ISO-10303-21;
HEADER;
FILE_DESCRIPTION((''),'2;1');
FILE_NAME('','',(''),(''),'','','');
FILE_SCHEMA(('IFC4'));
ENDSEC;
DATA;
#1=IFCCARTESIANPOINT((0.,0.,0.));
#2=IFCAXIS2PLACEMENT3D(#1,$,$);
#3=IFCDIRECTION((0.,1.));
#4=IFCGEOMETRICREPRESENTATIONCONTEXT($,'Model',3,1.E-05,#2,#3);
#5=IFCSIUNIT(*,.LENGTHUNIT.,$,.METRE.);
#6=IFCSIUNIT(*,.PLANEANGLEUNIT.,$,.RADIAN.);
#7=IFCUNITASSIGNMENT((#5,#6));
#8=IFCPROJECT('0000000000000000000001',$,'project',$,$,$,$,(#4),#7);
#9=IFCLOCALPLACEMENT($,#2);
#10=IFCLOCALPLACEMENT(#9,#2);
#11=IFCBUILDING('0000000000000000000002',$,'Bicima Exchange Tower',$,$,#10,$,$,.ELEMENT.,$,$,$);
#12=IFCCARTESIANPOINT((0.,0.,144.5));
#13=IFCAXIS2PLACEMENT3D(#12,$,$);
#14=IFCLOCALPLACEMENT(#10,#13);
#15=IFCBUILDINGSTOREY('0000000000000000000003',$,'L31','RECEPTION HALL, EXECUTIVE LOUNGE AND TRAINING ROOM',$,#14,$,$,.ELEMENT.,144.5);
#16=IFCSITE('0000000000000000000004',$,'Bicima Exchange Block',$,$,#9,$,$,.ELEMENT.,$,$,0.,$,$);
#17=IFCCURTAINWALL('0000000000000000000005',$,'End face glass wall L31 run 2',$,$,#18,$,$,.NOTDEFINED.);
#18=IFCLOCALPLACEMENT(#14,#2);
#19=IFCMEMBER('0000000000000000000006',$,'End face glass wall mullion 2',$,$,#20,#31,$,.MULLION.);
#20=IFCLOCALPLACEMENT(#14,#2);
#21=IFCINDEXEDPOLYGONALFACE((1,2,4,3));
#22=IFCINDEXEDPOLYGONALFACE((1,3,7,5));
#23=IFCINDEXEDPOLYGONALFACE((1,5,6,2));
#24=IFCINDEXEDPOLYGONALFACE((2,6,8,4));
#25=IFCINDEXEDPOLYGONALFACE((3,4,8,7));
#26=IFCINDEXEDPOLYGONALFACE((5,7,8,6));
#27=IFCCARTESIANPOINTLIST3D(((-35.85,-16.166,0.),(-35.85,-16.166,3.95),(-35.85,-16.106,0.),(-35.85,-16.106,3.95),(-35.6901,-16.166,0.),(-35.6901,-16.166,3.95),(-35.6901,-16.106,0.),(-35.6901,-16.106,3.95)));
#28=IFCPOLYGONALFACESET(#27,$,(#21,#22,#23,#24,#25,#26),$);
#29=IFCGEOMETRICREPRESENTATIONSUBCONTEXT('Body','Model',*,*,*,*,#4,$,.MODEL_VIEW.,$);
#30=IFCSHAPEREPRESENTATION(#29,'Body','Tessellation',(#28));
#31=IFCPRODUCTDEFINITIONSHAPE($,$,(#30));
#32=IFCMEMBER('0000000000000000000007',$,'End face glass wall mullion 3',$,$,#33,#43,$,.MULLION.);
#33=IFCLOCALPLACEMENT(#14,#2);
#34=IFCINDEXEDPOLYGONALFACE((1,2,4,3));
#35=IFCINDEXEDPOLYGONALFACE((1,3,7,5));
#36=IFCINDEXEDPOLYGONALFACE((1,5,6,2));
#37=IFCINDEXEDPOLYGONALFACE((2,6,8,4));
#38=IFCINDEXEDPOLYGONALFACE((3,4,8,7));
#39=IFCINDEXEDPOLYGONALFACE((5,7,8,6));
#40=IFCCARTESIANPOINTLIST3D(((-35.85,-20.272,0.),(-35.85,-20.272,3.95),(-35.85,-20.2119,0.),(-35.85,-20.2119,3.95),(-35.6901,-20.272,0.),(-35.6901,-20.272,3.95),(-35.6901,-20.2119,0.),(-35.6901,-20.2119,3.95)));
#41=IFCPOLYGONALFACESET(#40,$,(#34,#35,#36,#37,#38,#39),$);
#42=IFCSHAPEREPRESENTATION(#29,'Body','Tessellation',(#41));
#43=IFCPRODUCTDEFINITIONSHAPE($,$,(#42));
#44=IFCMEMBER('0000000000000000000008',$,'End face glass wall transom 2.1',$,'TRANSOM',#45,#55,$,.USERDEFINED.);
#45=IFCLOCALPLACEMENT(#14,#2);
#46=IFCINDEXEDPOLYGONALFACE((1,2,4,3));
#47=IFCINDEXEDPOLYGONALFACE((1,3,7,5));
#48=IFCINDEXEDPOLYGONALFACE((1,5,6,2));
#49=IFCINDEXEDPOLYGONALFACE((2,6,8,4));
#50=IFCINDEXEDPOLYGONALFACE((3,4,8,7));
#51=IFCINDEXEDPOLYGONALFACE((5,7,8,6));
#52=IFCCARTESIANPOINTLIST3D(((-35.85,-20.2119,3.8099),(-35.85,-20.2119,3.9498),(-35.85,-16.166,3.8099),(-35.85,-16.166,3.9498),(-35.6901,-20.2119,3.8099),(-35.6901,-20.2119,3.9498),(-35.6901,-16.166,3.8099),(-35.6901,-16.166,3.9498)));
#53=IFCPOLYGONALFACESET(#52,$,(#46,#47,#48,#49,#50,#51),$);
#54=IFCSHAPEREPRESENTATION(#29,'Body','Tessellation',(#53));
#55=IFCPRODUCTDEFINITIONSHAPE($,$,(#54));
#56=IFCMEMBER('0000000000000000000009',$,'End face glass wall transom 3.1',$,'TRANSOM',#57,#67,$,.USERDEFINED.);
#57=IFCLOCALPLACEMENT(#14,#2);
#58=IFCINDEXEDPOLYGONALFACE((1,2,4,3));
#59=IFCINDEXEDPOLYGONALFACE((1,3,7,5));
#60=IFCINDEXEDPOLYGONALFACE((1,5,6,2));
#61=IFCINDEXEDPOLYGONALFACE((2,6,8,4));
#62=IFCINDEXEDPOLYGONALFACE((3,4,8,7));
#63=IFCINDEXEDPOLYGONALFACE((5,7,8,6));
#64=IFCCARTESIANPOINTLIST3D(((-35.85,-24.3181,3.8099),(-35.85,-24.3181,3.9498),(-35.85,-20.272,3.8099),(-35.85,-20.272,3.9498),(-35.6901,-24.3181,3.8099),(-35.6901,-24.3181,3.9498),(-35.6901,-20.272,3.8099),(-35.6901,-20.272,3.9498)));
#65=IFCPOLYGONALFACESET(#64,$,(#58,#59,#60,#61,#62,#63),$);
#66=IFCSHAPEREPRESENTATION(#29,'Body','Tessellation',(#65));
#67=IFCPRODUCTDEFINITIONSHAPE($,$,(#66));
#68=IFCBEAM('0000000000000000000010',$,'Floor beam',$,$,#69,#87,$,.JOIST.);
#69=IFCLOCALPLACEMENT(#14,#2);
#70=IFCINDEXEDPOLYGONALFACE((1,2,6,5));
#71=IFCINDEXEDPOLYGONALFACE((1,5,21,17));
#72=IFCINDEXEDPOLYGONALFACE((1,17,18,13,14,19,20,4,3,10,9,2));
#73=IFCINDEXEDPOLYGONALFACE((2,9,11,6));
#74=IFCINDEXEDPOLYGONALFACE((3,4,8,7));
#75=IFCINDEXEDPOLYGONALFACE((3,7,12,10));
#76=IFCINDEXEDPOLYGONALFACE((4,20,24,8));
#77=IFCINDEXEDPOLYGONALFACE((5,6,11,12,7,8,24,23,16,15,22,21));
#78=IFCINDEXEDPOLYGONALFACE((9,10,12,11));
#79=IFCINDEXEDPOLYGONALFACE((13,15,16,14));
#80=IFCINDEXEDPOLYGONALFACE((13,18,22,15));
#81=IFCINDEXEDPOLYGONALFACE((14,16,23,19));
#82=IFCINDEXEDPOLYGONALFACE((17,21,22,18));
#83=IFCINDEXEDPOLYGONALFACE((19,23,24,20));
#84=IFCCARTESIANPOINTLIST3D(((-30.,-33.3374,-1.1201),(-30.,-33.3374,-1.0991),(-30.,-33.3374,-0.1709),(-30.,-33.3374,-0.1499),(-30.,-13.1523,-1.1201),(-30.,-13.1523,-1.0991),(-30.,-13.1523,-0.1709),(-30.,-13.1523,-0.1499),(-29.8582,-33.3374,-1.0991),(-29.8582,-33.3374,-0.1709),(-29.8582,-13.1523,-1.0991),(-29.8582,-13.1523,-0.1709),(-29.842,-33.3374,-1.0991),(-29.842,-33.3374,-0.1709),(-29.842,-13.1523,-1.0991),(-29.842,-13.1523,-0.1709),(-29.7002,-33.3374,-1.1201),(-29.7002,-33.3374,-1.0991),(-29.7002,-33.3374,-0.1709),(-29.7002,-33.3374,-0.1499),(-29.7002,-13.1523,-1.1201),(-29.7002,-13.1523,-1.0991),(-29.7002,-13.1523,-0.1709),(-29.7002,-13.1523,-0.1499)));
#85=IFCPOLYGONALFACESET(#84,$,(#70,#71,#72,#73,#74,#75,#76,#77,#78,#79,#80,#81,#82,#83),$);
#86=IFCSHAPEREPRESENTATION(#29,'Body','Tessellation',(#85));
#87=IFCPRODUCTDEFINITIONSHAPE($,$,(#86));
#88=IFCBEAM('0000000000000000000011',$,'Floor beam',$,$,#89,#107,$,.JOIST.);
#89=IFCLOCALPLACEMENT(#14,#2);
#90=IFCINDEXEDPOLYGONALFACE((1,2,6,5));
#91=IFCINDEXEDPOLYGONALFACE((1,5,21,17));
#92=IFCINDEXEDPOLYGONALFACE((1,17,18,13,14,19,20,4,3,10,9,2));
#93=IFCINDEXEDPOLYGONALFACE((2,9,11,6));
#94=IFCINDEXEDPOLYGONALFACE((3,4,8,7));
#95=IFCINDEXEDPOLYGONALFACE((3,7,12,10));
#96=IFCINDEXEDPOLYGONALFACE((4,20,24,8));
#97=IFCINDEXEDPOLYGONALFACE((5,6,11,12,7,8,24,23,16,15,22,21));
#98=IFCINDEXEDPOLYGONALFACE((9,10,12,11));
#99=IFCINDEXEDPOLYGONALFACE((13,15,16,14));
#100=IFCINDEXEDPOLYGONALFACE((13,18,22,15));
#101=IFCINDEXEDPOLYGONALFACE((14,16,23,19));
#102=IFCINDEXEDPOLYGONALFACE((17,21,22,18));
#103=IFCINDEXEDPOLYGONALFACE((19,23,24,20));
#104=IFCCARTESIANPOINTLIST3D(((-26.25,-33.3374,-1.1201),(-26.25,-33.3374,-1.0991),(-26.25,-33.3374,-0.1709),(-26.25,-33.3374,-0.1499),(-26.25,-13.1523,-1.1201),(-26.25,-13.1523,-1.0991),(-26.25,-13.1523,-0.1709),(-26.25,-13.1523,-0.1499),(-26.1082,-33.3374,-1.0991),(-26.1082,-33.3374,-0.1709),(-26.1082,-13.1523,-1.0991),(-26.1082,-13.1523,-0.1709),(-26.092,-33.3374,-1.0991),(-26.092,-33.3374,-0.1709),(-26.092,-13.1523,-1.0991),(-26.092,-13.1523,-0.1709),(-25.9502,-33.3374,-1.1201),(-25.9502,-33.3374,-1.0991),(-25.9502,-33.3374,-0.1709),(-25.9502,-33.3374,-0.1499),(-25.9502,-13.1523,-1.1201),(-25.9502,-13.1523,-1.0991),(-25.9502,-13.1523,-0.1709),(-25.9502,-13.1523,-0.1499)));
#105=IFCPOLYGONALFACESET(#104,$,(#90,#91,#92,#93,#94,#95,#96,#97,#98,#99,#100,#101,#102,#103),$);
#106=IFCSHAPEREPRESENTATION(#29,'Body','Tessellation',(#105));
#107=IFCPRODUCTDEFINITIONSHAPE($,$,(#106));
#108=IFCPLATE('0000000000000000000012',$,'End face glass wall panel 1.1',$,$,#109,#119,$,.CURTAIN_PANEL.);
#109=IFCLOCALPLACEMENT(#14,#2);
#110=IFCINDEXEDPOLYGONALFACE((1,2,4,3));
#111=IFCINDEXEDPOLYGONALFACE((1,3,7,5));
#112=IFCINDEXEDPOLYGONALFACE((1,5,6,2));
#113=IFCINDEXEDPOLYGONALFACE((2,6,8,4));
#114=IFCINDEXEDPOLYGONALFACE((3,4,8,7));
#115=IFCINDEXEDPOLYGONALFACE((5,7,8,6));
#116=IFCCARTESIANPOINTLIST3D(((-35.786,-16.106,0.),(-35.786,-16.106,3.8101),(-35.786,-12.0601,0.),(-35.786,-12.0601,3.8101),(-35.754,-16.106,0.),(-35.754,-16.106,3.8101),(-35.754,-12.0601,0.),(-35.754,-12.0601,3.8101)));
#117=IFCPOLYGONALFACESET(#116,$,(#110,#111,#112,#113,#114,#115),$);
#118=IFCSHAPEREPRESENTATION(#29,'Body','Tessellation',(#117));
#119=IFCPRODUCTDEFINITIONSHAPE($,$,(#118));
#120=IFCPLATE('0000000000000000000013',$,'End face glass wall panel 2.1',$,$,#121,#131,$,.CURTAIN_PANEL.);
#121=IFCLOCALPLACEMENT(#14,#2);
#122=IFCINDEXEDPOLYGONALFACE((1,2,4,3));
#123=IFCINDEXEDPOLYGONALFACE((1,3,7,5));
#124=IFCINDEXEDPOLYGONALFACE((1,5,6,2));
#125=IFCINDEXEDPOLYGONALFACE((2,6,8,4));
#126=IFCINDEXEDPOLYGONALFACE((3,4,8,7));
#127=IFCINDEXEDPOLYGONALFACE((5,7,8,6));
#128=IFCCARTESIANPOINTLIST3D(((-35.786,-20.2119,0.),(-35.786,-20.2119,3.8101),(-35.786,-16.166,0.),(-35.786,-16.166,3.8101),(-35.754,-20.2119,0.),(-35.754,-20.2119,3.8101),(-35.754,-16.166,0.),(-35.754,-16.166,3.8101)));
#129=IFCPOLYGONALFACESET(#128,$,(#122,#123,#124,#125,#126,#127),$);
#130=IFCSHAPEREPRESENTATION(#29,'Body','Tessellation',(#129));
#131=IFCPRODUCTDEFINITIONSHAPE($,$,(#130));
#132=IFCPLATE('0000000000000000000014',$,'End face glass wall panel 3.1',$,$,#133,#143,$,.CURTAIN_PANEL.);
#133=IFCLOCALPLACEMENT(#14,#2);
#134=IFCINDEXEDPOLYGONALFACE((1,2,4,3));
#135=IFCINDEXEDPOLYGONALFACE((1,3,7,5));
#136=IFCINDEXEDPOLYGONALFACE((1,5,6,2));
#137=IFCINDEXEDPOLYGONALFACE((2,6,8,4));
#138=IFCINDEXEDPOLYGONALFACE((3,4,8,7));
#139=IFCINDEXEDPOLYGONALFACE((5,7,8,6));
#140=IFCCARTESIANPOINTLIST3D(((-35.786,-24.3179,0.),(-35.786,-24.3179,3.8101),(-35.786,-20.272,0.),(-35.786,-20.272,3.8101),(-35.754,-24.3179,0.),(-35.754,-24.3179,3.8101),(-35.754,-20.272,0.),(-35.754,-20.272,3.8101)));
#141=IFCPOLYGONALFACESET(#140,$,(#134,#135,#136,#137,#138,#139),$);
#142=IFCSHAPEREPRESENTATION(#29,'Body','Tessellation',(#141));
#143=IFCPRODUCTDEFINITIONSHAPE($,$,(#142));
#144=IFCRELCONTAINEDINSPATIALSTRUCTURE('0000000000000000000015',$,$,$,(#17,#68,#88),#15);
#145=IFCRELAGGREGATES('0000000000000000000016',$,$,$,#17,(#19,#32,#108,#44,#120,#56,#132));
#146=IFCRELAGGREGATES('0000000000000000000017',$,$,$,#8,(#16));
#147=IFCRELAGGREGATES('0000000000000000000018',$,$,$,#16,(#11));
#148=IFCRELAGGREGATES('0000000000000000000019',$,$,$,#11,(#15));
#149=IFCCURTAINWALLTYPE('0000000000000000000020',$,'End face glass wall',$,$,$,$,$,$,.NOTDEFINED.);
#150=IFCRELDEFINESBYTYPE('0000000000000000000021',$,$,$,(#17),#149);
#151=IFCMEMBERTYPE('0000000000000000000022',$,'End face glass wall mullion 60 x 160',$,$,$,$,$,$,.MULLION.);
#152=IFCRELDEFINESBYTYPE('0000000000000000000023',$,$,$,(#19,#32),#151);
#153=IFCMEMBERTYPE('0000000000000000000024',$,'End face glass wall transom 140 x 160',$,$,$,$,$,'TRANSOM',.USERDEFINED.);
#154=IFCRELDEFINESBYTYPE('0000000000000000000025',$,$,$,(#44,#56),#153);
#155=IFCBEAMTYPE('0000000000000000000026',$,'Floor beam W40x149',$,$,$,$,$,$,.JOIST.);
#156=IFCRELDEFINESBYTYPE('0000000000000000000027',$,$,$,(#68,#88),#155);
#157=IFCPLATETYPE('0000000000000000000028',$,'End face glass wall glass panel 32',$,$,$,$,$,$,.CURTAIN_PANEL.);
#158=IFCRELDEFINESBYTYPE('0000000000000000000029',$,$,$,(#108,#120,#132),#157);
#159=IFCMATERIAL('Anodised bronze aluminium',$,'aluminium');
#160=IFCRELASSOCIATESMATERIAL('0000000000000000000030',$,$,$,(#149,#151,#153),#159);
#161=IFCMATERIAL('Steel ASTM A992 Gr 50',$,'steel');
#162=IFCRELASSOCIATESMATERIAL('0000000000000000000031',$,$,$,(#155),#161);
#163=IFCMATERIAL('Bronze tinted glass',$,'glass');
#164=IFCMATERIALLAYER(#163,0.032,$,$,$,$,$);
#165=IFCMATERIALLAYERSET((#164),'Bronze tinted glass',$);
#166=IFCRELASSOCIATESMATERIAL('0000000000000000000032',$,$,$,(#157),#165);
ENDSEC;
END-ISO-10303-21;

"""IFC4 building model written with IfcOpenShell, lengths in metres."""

from ifc_helpers import new_model, si_unit, direction, frame, origin, origin_2d, place, context, subcontext, project, spatial, rectangle, i_section, extrude, material, layer, layer_set, material_profile, profile_set, type_object, element, aggregate, save


model = new_model("IFC4")

# Units and contexts
model_context = context("Model", 3, precision=1e-05, world=origin(), true_north=direction((0.0, 1.0)))
body_context = subcontext(model_context, "Body", "Model", "MODEL_VIEW")
ifc_project = project(units=[si_unit("LENGTHUNIT", "METRE"), si_unit("PLANEANGLEUNIT", "RADIAN")], contexts=[model_context])

# Site, building, storey
site_placement = place(None, origin())
site = spatial("IfcSite", under=ifc_project, at=site_placement, Name="Bicima Exchange Block", CompositionType="ELEMENT", RefElevation=0.0)
building_placement = place(site_placement, origin())
building = spatial("IfcBuilding", under=site, at=building_placement, Name="Bicima Exchange Tower", CompositionType="ELEMENT")
storey_placement = place(building_placement, frame((0.0, 0.0, 144.5)))
storey = spatial("IfcBuildingStorey", under=building, at=storey_placement, Name="L31", Description="RECEPTION HALL, EXECUTIVE LOUNGE AND TRAINING ROOM", CompositionType="ELEMENT", Elevation=144.5)

# Curtain wall, members
ifc_material_1 = material(Name="Anodised bronze aluminium", Category="aluminium")
curtain_wall_type = type_object("IfcCurtainWallType", Name="End face glass wall", PredefinedType="NOTDEFINED", material=ifc_material_1)
curtain_wall_placement = place(storey_placement, origin())
curtain_wall = element("IfcCurtainWall", 1, at=curtain_wall_placement, inside=storey, type_object=curtain_wall_type, Name="End face glass wall L31 run 2", PredefinedType="NOTDEFINED")
ifc_material_profile_1 = material_profile(ifc_material_1, rectangle(XDim=0.1599, YDim=0.0601, at=origin_2d()))
ifc_profile_set_1 = profile_set([ifc_material_profile_1], Name="Anodised bronze aluminium")
member_type_1 = type_object("IfcMemberType", Name="End face glass wall mullion 60 x 160", PredefinedType="MULLION", material=ifc_profile_set_1)
member_1_placement = place(storey_placement, frame((-35.77, -16.136, 0.0), z_axis=(0.0, 0.0, 1.0), x_axis=(1.0, 0.0, 0.0)))
member_1 = element("IfcMember", 2, at=member_1_placement, type_object=member_type_1, Name="End face glass wall mullion 2", PredefinedType="MULLION", context=body_context, shape_type="SweptSolid", body=[
    extrude(rectangle(XDim=0.1599, YDim=0.0601, at=origin_2d()), origin(), (0.0, 0.0, 1.0), 3.95),
])
member_2_placement = place(storey_placement, frame((-35.77, -20.2419, 0.0), z_axis=(0.0, 0.0, 1.0), x_axis=(1.0, 0.0, 0.0)))
member_2 = element("IfcMember", 3, at=member_2_placement, type_object=member_type_1, Name="End face glass wall mullion 3", PredefinedType="MULLION", context=body_context, shape_type="SweptSolid", body=[
    extrude(rectangle(XDim=0.1599, YDim=0.0601, at=origin_2d()), origin(), (0.0, 0.0, 1.0), 3.95),
])
ifc_material_profile_2 = material_profile(ifc_material_1, rectangle(XDim=0.1599, YDim=0.1399, at=origin_2d()))
ifc_profile_set_2 = profile_set([ifc_material_profile_2], Name="Anodised bronze aluminium")
member_type_2 = type_object("IfcMemberType", Name="End face glass wall transom 140 x 160", ElementType="TRANSOM", PredefinedType="USERDEFINED", material=ifc_profile_set_2)
member_3_placement = place(storey_placement, frame((-35.77, -16.166, 3.8799), z_axis=(0.0, -1.0, 0.0), x_axis=(1.0, 0.0, 0.0)))
member_3 = element("IfcMember", 4, at=member_3_placement, type_object=member_type_2, Name="End face glass wall transom 2.1", ObjectType="TRANSOM", PredefinedType="USERDEFINED", context=body_context, shape_type="SweptSolid", body=[
    extrude(rectangle(XDim=0.1599, YDim=0.1399, at=origin_2d()), origin(), (0.0, 0.0, 1.0), 4.0459),
])
member_4_placement = place(storey_placement, frame((-35.77, -20.272, 3.8799), z_axis=(0.0, -1.0, 0.0), x_axis=(1.0, 0.0, 0.0)))
member_4 = element("IfcMember", 5, at=member_4_placement, type_object=member_type_2, Name="End face glass wall transom 3.1", ObjectType="TRANSOM", PredefinedType="USERDEFINED", context=body_context, shape_type="SweptSolid", body=[
    extrude(rectangle(XDim=0.1599, YDim=0.1399, at=origin_2d()), origin(), (0.0, 0.0, 1.0), 4.0461),
])

# Beams
ifc_material_2 = material(Name="Steel ASTM A992 Gr 50", Category="steel")
ifc_material_profile_3 = material_profile(ifc_material_2, i_section(OverallWidth=0.2998, OverallDepth=0.9702, WebThickness=0.0161, FlangeThickness=0.021, at=origin_2d()))
ifc_profile_set_3 = profile_set([ifc_material_profile_3], Name="Steel ASTM A992 Gr 50")
beam_type = type_object("IfcBeamType", Name="Floor beam W40x149", PredefinedType="JOIST", material=ifc_profile_set_3)
for number, where, z_axis, x_axis, name in (
    (6, (-29.8501, -13.1523, -0.635), (0.0, -1.0, 0.0), (1.0, 0.0, 0.0), "Floor beam"),
    (7, (-26.1001, -13.1523, -0.635), (0.0, -1.0, 0.0), (1.0, 0.0, 0.0), "Floor beam"),
):
    element("IfcBeam", number, at=place(storey_placement, frame(where, z_axis=z_axis, x_axis=x_axis)), inside=storey, type_object=beam_type, Name=name, PredefinedType="JOIST", context=body_context, shape_type="SweptSolid", body=[
        extrude(i_section(OverallWidth=0.2998, OverallDepth=0.9702, WebThickness=0.0161, FlangeThickness=0.021, at=origin_2d()), origin(), (0.0, 0.0, 1.0), 20.1851),
    ])

# Plates
ifc_material_3 = material(Name="Bronze tinted glass", Category="glass")
ifc_layer_1 = layer(ifc_material_3, 0.032)
ifc_layer_set_1 = layer_set([ifc_layer_1], Name="Bronze tinted glass")
plate_type = type_object("IfcPlateType", Name="End face glass wall glass panel 32", PredefinedType="CURTAIN_PANEL", material=ifc_layer_set_1)
plate_1_placement = place(storey_placement, frame((-35.77, -14.083, 0.0), z_axis=(0.0, 0.0, 1.0), x_axis=(0.0, -1.0, 0.0)))
plate_1 = element("IfcPlate", 8, at=plate_1_placement, type_object=plate_type, Name="End face glass wall panel 1.1", PredefinedType="CURTAIN_PANEL", context=body_context, shape_type="SweptSolid", body=[
    extrude(rectangle(XDim=4.0459, YDim=0.032, at=origin_2d()), origin(), (0.0, 0.0, 1.0), 3.8101),
])
plate_2_placement = place(storey_placement, frame((-35.77, -18.189, 0.0), z_axis=(0.0, 0.0, 1.0), x_axis=(0.0, -1.0, 0.0)))
plate_2 = element("IfcPlate", 9, at=plate_2_placement, type_object=plate_type, Name="End face glass wall panel 2.1", PredefinedType="CURTAIN_PANEL", context=body_context, shape_type="SweptSolid", body=[
    extrude(rectangle(XDim=4.0459, YDim=0.032, at=origin_2d()), origin(), (0.0, 0.0, 1.0), 3.8101),
])
plate_3_placement = place(storey_placement, frame((-35.77, -22.2949, 0.0), z_axis=(0.0, 0.0, 1.0), x_axis=(0.0, -1.0, 0.0)))
plate_3 = element("IfcPlate", 10, at=plate_3_placement, type_object=plate_type, Name="End face glass wall panel 3.1", PredefinedType="CURTAIN_PANEL", context=body_context, shape_type="SweptSolid", body=[
    extrude(rectangle(XDim=4.0459, YDim=0.032, at=origin_2d()), origin(), (0.0, 0.0, 1.0), 3.8101),
])
aggregate(curtain_wall, [member_1, member_2, plate_1, member_3, plate_2, member_4, plate_3])

save(model, "model.ifc")
